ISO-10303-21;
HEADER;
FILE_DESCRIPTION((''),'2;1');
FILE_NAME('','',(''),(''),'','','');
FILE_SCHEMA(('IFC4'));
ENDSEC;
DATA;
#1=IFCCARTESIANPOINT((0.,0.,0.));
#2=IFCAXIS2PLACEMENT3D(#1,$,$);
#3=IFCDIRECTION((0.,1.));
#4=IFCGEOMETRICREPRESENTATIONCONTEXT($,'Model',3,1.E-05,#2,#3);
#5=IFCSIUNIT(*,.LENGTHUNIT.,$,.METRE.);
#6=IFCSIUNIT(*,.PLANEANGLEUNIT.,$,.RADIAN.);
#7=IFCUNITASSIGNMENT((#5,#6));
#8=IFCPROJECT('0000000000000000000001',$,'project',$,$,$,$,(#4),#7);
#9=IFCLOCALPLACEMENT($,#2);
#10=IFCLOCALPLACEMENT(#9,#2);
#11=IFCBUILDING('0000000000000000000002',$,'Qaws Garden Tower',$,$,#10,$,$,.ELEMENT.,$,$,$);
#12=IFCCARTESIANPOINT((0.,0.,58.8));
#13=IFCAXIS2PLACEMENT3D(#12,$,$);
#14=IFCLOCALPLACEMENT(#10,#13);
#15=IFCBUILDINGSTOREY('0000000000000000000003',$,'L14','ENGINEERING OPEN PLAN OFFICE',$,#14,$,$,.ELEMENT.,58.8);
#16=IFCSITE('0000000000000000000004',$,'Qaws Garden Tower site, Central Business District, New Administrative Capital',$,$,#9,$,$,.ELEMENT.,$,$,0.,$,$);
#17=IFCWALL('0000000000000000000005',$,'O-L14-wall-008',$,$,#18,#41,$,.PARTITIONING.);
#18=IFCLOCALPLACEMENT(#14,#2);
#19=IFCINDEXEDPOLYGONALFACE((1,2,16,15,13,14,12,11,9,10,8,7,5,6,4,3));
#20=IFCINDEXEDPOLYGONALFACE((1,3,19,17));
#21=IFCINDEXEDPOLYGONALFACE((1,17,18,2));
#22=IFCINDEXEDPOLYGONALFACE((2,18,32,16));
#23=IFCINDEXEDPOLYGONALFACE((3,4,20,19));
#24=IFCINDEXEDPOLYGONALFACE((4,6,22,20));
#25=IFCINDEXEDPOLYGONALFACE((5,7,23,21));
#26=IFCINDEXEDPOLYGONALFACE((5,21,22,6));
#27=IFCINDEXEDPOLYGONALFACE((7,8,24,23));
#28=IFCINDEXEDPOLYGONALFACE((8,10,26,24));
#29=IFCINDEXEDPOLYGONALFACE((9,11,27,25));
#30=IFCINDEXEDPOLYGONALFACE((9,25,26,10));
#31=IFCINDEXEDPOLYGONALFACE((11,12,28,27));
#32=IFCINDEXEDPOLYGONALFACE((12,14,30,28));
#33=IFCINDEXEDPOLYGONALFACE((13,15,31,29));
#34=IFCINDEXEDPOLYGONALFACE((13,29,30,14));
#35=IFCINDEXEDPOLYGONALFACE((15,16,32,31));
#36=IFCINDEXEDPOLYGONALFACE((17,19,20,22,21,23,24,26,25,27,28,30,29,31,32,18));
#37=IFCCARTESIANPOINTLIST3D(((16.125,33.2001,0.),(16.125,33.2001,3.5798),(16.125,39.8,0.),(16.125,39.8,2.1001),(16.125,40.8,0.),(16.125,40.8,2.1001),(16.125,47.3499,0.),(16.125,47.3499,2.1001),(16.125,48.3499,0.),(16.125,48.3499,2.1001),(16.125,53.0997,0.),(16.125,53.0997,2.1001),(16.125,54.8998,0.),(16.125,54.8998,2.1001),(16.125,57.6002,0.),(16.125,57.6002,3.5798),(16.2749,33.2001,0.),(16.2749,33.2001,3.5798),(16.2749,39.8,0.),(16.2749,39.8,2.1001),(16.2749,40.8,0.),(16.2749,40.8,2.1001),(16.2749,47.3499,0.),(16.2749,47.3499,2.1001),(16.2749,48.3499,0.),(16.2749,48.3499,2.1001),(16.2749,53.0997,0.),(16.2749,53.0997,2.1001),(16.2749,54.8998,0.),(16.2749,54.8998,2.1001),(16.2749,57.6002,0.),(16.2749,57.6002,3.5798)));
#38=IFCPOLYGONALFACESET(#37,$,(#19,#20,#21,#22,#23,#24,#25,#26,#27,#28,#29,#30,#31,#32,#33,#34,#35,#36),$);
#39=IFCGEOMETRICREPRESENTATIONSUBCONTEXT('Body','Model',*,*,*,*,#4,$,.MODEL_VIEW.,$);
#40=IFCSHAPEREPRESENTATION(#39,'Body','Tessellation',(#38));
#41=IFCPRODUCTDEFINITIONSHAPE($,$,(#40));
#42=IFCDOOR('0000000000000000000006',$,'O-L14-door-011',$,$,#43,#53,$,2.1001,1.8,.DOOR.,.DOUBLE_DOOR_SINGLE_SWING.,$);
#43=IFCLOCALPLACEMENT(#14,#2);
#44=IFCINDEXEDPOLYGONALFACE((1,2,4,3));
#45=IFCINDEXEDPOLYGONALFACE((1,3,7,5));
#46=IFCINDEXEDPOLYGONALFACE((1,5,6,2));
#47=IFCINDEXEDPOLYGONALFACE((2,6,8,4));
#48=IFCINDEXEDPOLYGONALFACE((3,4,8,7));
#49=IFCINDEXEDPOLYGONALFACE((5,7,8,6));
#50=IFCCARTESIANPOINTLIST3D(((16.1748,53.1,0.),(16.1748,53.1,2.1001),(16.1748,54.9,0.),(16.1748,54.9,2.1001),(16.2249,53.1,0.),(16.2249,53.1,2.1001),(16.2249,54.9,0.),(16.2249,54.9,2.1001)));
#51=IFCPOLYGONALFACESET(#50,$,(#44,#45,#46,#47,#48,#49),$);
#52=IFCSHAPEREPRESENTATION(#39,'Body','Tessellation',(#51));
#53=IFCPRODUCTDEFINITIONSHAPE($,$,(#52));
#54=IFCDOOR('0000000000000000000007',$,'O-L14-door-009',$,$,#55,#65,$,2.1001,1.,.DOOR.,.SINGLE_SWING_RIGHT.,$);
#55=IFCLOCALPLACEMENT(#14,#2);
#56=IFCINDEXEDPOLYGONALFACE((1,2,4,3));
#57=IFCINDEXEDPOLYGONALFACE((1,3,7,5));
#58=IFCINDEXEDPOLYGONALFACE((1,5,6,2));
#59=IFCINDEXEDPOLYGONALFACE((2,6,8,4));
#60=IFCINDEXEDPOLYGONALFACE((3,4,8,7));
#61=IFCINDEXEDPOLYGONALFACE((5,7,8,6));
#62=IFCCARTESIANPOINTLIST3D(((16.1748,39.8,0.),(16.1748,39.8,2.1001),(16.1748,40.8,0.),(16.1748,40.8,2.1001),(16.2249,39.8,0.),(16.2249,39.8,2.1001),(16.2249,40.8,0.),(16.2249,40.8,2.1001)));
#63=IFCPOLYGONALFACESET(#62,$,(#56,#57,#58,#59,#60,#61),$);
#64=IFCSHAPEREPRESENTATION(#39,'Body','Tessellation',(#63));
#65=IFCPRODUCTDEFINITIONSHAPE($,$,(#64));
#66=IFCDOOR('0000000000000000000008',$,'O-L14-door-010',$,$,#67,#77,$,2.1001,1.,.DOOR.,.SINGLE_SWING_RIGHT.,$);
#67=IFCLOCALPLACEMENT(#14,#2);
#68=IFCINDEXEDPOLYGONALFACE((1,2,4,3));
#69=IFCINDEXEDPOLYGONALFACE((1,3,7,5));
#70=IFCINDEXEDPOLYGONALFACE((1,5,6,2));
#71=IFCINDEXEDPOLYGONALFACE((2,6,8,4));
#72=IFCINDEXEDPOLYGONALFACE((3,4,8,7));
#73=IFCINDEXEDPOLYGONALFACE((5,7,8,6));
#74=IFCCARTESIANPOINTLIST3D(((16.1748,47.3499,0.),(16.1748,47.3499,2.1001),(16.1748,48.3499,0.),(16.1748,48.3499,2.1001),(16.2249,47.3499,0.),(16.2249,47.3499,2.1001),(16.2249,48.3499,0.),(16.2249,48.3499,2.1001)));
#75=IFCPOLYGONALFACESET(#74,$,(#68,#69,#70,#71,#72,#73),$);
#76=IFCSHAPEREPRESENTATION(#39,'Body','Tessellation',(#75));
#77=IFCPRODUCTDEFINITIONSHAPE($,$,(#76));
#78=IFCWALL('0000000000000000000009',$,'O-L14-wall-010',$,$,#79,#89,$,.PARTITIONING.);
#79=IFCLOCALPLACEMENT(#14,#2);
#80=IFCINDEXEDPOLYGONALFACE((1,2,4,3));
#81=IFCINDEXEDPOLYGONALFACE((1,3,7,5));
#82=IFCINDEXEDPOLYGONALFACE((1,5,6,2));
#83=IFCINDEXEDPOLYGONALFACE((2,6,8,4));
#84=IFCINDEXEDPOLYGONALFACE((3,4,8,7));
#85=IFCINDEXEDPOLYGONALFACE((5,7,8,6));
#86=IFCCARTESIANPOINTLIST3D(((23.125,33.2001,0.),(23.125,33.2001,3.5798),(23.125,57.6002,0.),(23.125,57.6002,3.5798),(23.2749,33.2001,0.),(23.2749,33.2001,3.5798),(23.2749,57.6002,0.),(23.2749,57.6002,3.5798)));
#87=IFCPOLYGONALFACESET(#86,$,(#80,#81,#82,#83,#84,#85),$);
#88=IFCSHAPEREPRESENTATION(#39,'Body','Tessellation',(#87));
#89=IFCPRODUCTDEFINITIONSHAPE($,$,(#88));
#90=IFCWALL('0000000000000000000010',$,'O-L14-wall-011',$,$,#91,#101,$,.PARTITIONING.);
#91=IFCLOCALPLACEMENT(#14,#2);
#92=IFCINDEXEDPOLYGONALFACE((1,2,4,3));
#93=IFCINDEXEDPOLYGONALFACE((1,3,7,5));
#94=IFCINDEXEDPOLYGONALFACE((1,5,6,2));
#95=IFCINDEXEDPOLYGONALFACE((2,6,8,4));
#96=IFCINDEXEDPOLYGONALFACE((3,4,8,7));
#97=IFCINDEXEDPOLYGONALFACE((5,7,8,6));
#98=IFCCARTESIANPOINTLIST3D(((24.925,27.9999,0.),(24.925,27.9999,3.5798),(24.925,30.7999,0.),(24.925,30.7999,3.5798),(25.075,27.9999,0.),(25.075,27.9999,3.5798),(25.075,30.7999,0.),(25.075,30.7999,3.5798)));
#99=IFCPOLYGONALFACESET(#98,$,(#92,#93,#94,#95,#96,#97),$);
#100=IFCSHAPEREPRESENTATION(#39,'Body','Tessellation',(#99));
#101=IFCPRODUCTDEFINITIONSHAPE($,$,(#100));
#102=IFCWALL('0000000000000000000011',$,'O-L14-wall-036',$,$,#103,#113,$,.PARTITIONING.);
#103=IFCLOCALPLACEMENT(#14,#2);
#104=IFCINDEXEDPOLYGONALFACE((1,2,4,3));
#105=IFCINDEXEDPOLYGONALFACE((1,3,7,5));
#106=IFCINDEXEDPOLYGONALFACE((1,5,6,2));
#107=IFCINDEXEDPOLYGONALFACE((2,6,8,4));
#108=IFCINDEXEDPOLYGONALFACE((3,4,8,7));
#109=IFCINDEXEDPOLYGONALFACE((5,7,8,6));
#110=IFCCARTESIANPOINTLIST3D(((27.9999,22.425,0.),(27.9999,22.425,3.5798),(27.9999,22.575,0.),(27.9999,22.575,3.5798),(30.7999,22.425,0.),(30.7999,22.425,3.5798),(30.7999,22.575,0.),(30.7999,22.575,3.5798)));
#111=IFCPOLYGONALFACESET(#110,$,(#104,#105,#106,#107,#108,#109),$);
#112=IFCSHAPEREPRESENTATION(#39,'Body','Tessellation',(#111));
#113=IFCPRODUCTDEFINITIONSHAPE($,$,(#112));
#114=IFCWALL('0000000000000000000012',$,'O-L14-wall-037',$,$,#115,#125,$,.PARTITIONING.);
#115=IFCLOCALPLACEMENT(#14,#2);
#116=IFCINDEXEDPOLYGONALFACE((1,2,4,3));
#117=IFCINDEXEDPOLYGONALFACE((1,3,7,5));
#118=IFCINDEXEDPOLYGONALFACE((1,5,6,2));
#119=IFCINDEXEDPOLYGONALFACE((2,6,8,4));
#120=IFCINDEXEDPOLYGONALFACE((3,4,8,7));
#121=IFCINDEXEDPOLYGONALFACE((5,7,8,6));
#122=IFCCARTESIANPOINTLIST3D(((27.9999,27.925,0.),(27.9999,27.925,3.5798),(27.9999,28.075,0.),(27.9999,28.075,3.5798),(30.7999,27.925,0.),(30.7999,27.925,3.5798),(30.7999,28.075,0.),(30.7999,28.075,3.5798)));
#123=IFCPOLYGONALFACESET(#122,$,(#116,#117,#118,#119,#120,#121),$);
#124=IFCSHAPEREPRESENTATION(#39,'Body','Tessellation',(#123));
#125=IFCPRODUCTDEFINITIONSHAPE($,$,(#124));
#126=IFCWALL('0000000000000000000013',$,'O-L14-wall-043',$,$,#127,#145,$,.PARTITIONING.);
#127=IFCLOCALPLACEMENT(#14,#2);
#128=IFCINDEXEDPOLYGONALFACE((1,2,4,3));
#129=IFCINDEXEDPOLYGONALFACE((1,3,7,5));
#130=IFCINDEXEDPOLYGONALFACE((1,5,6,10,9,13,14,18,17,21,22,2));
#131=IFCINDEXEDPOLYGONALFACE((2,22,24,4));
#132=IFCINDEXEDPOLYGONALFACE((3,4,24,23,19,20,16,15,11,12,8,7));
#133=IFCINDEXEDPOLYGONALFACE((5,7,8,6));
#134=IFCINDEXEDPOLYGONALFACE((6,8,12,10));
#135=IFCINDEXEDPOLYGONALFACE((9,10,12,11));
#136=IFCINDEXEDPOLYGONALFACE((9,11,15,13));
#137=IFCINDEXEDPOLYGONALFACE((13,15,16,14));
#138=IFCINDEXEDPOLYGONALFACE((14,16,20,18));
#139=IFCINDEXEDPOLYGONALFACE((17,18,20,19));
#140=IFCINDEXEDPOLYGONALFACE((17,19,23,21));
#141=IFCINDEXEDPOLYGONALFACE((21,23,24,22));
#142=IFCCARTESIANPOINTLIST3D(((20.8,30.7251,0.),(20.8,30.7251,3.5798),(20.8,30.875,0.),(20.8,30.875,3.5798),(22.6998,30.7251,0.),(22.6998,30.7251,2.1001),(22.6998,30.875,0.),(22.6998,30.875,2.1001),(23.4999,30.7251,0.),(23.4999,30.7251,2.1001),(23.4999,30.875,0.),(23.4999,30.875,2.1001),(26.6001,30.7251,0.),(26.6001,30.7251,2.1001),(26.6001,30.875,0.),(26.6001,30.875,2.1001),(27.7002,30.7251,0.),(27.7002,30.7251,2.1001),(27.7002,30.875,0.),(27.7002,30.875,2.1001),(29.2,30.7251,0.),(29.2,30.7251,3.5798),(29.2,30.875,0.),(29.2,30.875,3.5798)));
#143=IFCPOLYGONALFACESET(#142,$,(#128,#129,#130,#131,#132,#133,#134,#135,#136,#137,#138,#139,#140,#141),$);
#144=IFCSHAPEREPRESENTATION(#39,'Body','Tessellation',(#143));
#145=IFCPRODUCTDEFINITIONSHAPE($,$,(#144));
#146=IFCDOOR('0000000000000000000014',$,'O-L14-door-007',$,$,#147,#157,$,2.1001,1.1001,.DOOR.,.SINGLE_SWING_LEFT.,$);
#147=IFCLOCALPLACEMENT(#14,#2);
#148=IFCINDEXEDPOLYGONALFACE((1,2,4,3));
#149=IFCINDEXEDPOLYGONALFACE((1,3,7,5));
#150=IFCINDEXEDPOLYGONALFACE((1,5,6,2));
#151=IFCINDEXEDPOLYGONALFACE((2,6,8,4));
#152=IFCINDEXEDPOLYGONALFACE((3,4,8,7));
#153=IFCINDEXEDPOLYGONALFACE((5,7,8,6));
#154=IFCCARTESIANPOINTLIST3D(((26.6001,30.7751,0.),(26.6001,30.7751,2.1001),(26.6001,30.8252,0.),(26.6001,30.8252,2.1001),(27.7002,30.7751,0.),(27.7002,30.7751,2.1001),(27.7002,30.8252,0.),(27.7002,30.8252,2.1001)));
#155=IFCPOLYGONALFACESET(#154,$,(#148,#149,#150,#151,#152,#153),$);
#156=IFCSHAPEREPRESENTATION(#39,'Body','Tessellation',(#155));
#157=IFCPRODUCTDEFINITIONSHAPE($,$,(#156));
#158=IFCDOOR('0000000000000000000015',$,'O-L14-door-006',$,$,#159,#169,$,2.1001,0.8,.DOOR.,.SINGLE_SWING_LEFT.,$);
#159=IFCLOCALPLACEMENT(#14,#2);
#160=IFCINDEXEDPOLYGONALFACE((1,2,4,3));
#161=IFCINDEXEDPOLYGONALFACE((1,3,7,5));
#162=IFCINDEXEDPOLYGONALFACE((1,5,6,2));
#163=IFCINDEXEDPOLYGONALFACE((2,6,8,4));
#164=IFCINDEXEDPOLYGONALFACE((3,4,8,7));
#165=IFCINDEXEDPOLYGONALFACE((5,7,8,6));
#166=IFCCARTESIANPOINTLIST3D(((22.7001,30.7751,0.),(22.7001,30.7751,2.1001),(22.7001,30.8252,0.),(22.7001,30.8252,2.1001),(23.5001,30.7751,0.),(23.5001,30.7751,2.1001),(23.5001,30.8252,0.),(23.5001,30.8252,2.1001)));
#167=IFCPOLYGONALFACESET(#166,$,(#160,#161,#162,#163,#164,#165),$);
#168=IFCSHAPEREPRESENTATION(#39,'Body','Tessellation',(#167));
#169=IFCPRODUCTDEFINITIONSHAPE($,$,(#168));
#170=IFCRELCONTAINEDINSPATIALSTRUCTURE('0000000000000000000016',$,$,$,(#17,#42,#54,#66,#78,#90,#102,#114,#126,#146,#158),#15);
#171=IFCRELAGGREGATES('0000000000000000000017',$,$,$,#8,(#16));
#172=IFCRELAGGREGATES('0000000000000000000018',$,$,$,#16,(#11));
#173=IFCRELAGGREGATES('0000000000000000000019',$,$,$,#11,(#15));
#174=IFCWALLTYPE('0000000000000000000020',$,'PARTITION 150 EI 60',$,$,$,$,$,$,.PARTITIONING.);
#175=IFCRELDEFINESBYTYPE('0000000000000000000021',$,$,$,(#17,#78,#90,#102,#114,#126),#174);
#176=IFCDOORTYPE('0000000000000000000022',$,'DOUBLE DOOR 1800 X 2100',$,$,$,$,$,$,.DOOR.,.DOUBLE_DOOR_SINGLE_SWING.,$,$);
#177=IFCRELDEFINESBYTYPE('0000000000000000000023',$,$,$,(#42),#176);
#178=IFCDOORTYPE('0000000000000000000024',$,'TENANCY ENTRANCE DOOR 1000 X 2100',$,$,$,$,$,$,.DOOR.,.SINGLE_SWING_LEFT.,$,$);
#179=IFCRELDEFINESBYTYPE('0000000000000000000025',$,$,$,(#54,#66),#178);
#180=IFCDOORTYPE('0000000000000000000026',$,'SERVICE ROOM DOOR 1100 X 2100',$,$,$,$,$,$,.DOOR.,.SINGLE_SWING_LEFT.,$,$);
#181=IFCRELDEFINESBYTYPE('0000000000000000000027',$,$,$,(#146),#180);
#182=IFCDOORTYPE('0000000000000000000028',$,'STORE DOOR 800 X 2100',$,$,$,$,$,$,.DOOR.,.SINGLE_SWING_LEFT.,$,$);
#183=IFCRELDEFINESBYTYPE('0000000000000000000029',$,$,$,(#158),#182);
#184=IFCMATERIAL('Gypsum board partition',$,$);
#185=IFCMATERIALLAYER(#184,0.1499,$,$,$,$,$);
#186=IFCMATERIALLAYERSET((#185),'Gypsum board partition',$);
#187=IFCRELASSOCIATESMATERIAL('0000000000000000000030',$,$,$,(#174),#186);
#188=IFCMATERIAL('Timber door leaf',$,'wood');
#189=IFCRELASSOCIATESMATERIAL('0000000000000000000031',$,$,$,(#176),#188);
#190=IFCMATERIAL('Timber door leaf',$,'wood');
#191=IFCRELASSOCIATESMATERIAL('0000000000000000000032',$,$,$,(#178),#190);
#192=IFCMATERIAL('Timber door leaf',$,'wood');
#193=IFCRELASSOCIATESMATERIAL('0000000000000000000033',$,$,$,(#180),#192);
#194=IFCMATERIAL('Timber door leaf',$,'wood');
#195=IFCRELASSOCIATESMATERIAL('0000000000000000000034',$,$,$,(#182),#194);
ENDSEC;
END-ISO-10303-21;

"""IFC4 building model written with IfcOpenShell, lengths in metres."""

from ifc_helpers import new_model, si_unit, direction, frame, frame_2d, origin, place, context, subcontext, project, spatial, rectangle, extrude, material, layer, layer_set, type_object, element, fill, save


model = new_model("IFC4")

# Units and contexts
model_context = context("Model", 3, precision=1e-05, world=origin(), true_north=direction((0.0, 1.0)))
body_context = subcontext(model_context, "Body", "Model", "MODEL_VIEW")
ifc_project = project(units=[si_unit("LENGTHUNIT", "METRE"), si_unit("PLANEANGLEUNIT", "RADIAN")], contexts=[model_context])

# Site, building, storey
site_placement = place(None, origin())
site = spatial("IfcSite", under=ifc_project, at=site_placement, Name="Qaws Garden Tower site, Central Business District, New Administrative Capital", CompositionType="ELEMENT", RefElevation=0.0)
building_placement = place(site_placement, origin())
building = spatial("IfcBuilding", under=site, at=building_placement, Name="Qaws Garden Tower", CompositionType="ELEMENT")
storey_placement = place(building_placement, frame((0.0, 0.0, 58.8)))
storey = spatial("IfcBuildingStorey", under=building, at=storey_placement, Name="L14", Description="ENGINEERING OPEN PLAN OFFICE", CompositionType="ELEMENT", Elevation=58.8)

# Wall, openings, doors
ifc_material_1 = material(Name="Gypsum board partition")
ifc_layer_1 = layer(ifc_material_1, 0.1499)
ifc_layer_set_1 = layer_set([ifc_layer_1], Name="Gypsum board partition")
wall_type_1 = type_object("IfcWallType", Name="PARTITION 150 EI 60", PredefinedType="PARTITIONING", material=ifc_layer_set_1)
wall_1_placement = place(storey_placement, frame((16.2, 33.2, 0.0), z_axis=(0.0, 0.0, 1.0), x_axis=(0.0, 1.0, 0.0)))
wall_1 = element("IfcWall", 1, at=wall_1_placement, inside=storey, type_object=wall_type_1, Name="O-L14-wall-008", PredefinedType="PARTITIONING", context=body_context, shape_type="SweptSolid", body=[
    extrude(rectangle(XDim=24.4001, YDim=0.1499, at=frame_2d((12.2002, 0.0))), origin(), (0.0, 0.0, 1.0), 3.5798),
])
opening_1_placement = place(wall_1_placement, frame((6.6001, 0.0, 0.0)))
opening_1 = element("IfcOpeningElement", 2, at=opening_1_placement, cuts=wall_1, PredefinedType="OPENING", context=body_context, shape_type="SweptSolid", body=[
    extrude(rectangle(XDim=1.0, YDim=2.1001, at=frame_2d((0.5, 1.05))), frame((0.0, 0.085, 0.0), z_axis=(0.0, -1.0, 0.0), x_axis=(1.0, 0.0, 0.0)), (0.0, 0.0, 1.0), 0.1699),
])
opening_2_placement = place(wall_1_placement, frame((14.1499, 0.0, 0.0)))
opening_2 = element("IfcOpeningElement", 3, at=opening_2_placement, cuts=wall_1, PredefinedType="OPENING", context=body_context, shape_type="SweptSolid", body=[
    extrude(rectangle(XDim=1.0, YDim=2.1001, at=frame_2d((0.5, 1.05))), frame((0.0, 0.085, 0.0), z_axis=(0.0, -1.0, 0.0), x_axis=(1.0, 0.0, 0.0)), (0.0, 0.0, 1.0), 0.1699),
])
opening_3_placement = place(wall_1_placement, frame((19.8999, 0.0, 0.0)))
opening_3 = element("IfcOpeningElement", 4, at=opening_3_placement, cuts=wall_1, PredefinedType="OPENING", context=body_context, shape_type="SweptSolid", body=[
    extrude(rectangle(XDim=1.8, YDim=2.1001, at=frame_2d((0.8999, 1.05))), frame((0.0, 0.085, 0.0), z_axis=(0.0, -1.0, 0.0), x_axis=(1.0, 0.0, 0.0)), (0.0, 0.0, 1.0), 0.1699),
])
ifc_material_2 = material(Name="Timber door leaf", Category="wood")
door_type_1 = type_object("IfcDoorType", Name="DOUBLE DOOR 1800 X 2100", OperationType="DOUBLE_DOOR_SINGLE_SWING", PredefinedType="DOOR", material=ifc_material_2)
door_1_placement = place(opening_3_placement, frame((1.8, 0.0, 0.0), z_axis=(0.0, 0.0, 1.0), x_axis=(-1.0, 0.0, 0.0)))
door_1 = element("IfcDoor", 5, at=door_1_placement, inside=storey, type_object=door_type_1, Name="O-L14-door-011", OperationType="DOUBLE_DOOR_SINGLE_SWING", OverallHeight=2.1001, OverallWidth=1.8, PredefinedType="DOOR", context=body_context, shape_type="SweptSolid", body=[
    extrude(rectangle(XDim=1.8, YDim=2.1001, at=frame_2d((0.8999, 1.05))), frame((0.0, 0.0249, 0.0), z_axis=(0.0, -1.0, 0.0), x_axis=(1.0, 0.0, 0.0)), (0.0, 0.0, 1.0), 0.05),
])
fill(opening_3, door_1)
ifc_material_3 = material(Name="Timber door leaf", Category="wood")
door_type_2 = type_object("IfcDoorType", Name="TENANCY ENTRANCE DOOR 1000 X 2100", OperationType="SINGLE_SWING_LEFT", PredefinedType="DOOR", material=ifc_material_3)
door_2_placement = place(opening_1_placement, frame((1.0, 0.0, 0.0), z_axis=(0.0, 0.0, 1.0), x_axis=(-1.0, 0.0, 0.0)))
door_2 = element("IfcDoor", 6, at=door_2_placement, inside=storey, type_object=door_type_2, Name="O-L14-door-009", OperationType="SINGLE_SWING_RIGHT", OverallHeight=2.1001, OverallWidth=1.0, PredefinedType="DOOR", context=body_context, shape_type="SweptSolid", body=[
    extrude(rectangle(XDim=1.0, YDim=2.1001, at=frame_2d((0.5, 1.05))), frame((0.0, 0.0249, 0.0), z_axis=(0.0, -1.0, 0.0), x_axis=(1.0, 0.0, 0.0)), (0.0, 0.0, 1.0), 0.05),
])
fill(opening_1, door_2)
door_3_placement = place(opening_2_placement, frame((1.0, 0.0, 0.0), z_axis=(0.0, 0.0, 1.0), x_axis=(-1.0, 0.0, 0.0)))
door_3 = element("IfcDoor", 7, at=door_3_placement, inside=storey, type_object=door_type_2, Name="O-L14-door-010", OperationType="SINGLE_SWING_RIGHT", OverallHeight=2.1001, OverallWidth=1.0, PredefinedType="DOOR", context=body_context, shape_type="SweptSolid", body=[
    extrude(rectangle(XDim=1.0, YDim=2.1001, at=frame_2d((0.5, 1.05))), frame((0.0, 0.0249, 0.0), z_axis=(0.0, -1.0, 0.0), x_axis=(1.0, 0.0, 0.0)), (0.0, 0.0, 1.0), 0.05),
])
fill(opening_2, door_3)

# Walls
wall_2_placement = place(storey_placement, frame((23.2, 33.2, 0.0), z_axis=(0.0, 0.0, 1.0), x_axis=(0.0, 1.0, 0.0)))
element("IfcWall", 8, at=wall_2_placement, inside=storey, type_object=wall_type_1, Name="O-L14-wall-010", PredefinedType="PARTITIONING", context=body_context, shape_type="SweptSolid", body=[
    extrude(rectangle(XDim=24.4001, YDim=0.1499, at=frame_2d((12.2002, 0.0))), origin(), (0.0, 0.0, 1.0), 3.5798),
])
for number, where, z_axis, x_axis, name in (
    (9, (25.0, 28.0, 0.0), (0.0, 0.0, 1.0), (0.0, 1.0, 0.0), "O-L14-wall-011"),
    (10, (28.0, 22.5, 0.0), (0.0, 0.0, 1.0), (1.0, 0.0, 0.0), "O-L14-wall-036"),
    (11, (28.0, 28.0, 0.0), (0.0, 0.0, 1.0), (1.0, 0.0, 0.0), "O-L14-wall-037"),
):
    element("IfcWall", number, at=place(storey_placement, frame(where, z_axis=z_axis, x_axis=x_axis)), inside=storey, type_object=wall_type_1, Name=name, PredefinedType="PARTITIONING", context=body_context, shape_type="SweptSolid", body=[
        extrude(rectangle(XDim=2.8, YDim=0.1499, at=frame_2d((1.3999, 0.0))), origin(), (0.0, 0.0, 1.0), 3.5798),
    ])

# Wall, openings, doors
wall_3_placement = place(storey_placement, frame((20.8, 30.8, 0.0), z_axis=(0.0, 0.0, 1.0), x_axis=(1.0, 0.0, 0.0)))
wall_3 = element("IfcWall", 12, at=wall_3_placement, inside=storey, type_object=wall_type_1, Name="O-L14-wall-043", PredefinedType="PARTITIONING", context=body_context, shape_type="SweptSolid", body=[
    extrude(rectangle(XDim=8.3999, YDim=0.1499, at=frame_2d((4.2, 0.0))), origin(), (0.0, 0.0, 1.0), 3.5798),
])
opening_4_placement = place(wall_3_placement, frame((1.8999, 0.0, 0.0)))
opening_4 = element("IfcOpeningElement", 13, at=opening_4_placement, cuts=wall_3, PredefinedType="OPENING", context=body_context, shape_type="SweptSolid", body=[
    extrude(rectangle(XDim=0.8, YDim=2.1001, at=frame_2d((0.3999, 1.05))), frame((0.0, 0.085, 0.0), z_axis=(0.0, -1.0, 0.0), x_axis=(1.0, 0.0, 0.0)), (0.0, 0.0, 1.0), 0.1699),
])
opening_5_placement = place(wall_3_placement, frame((5.8, 0.0, 0.0)))
opening_5 = element("IfcOpeningElement", 14, at=opening_5_placement, cuts=wall_3, PredefinedType="OPENING", context=body_context, shape_type="SweptSolid", body=[
    extrude(rectangle(XDim=1.1001, YDim=2.1001, at=frame_2d((0.55, 1.05))), frame((0.0, 0.085, 0.0), z_axis=(0.0, -1.0, 0.0), x_axis=(1.0, 0.0, 0.0)), (0.0, 0.0, 1.0), 0.1699),
])
ifc_material_4 = material(Name="Timber door leaf", Category="wood")
door_type_3 = type_object("IfcDoorType", Name="SERVICE ROOM DOOR 1100 X 2100", OperationType="SINGLE_SWING_LEFT", PredefinedType="DOOR", material=ifc_material_4)
door_4_placement = place(opening_5_placement, frame((1.1001, 0.0, 0.0), z_axis=(0.0, 0.0, 1.0), x_axis=(-1.0, 0.0, 0.0)))
door_4 = element("IfcDoor", 15, at=door_4_placement, inside=storey, type_object=door_type_3, Name="O-L14-door-007", OperationType="SINGLE_SWING_LEFT", OverallHeight=2.1001, OverallWidth=1.1001, PredefinedType="DOOR", context=body_context, shape_type="SweptSolid", body=[
    extrude(rectangle(XDim=1.1001, YDim=2.1001, at=frame_2d((0.55, 1.05))), frame((0.0, 0.0249, 0.0), z_axis=(0.0, -1.0, 0.0), x_axis=(1.0, 0.0, 0.0)), (0.0, 0.0, 1.0), 0.05),
])
fill(opening_5, door_4)
ifc_material_5 = material(Name="Timber door leaf", Category="wood")
door_type_4 = type_object("IfcDoorType", Name="STORE DOOR 800 X 2100", OperationType="SINGLE_SWING_LEFT", PredefinedType="DOOR", material=ifc_material_5)
door_5_placement = place(opening_4_placement, frame((0.8, 0.0, 0.0), z_axis=(0.0, 0.0, 1.0), x_axis=(-1.0, 0.0, 0.0)))
door_5 = element("IfcDoor", 16, at=door_5_placement, inside=storey, type_object=door_type_4, Name="O-L14-door-006", OperationType="SINGLE_SWING_LEFT", OverallHeight=2.1001, OverallWidth=0.8, PredefinedType="DOOR", context=body_context, shape_type="SweptSolid", body=[
    extrude(rectangle(XDim=0.8, YDim=2.1001, at=frame_2d((0.3999, 1.05))), frame((0.0, 0.0249, 0.0), z_axis=(0.0, -1.0, 0.0), x_axis=(1.0, 0.0, 0.0)), (0.0, 0.0, 1.0), 0.05),
])
fill(opening_4, door_5)

save(model, "model.ifc")
